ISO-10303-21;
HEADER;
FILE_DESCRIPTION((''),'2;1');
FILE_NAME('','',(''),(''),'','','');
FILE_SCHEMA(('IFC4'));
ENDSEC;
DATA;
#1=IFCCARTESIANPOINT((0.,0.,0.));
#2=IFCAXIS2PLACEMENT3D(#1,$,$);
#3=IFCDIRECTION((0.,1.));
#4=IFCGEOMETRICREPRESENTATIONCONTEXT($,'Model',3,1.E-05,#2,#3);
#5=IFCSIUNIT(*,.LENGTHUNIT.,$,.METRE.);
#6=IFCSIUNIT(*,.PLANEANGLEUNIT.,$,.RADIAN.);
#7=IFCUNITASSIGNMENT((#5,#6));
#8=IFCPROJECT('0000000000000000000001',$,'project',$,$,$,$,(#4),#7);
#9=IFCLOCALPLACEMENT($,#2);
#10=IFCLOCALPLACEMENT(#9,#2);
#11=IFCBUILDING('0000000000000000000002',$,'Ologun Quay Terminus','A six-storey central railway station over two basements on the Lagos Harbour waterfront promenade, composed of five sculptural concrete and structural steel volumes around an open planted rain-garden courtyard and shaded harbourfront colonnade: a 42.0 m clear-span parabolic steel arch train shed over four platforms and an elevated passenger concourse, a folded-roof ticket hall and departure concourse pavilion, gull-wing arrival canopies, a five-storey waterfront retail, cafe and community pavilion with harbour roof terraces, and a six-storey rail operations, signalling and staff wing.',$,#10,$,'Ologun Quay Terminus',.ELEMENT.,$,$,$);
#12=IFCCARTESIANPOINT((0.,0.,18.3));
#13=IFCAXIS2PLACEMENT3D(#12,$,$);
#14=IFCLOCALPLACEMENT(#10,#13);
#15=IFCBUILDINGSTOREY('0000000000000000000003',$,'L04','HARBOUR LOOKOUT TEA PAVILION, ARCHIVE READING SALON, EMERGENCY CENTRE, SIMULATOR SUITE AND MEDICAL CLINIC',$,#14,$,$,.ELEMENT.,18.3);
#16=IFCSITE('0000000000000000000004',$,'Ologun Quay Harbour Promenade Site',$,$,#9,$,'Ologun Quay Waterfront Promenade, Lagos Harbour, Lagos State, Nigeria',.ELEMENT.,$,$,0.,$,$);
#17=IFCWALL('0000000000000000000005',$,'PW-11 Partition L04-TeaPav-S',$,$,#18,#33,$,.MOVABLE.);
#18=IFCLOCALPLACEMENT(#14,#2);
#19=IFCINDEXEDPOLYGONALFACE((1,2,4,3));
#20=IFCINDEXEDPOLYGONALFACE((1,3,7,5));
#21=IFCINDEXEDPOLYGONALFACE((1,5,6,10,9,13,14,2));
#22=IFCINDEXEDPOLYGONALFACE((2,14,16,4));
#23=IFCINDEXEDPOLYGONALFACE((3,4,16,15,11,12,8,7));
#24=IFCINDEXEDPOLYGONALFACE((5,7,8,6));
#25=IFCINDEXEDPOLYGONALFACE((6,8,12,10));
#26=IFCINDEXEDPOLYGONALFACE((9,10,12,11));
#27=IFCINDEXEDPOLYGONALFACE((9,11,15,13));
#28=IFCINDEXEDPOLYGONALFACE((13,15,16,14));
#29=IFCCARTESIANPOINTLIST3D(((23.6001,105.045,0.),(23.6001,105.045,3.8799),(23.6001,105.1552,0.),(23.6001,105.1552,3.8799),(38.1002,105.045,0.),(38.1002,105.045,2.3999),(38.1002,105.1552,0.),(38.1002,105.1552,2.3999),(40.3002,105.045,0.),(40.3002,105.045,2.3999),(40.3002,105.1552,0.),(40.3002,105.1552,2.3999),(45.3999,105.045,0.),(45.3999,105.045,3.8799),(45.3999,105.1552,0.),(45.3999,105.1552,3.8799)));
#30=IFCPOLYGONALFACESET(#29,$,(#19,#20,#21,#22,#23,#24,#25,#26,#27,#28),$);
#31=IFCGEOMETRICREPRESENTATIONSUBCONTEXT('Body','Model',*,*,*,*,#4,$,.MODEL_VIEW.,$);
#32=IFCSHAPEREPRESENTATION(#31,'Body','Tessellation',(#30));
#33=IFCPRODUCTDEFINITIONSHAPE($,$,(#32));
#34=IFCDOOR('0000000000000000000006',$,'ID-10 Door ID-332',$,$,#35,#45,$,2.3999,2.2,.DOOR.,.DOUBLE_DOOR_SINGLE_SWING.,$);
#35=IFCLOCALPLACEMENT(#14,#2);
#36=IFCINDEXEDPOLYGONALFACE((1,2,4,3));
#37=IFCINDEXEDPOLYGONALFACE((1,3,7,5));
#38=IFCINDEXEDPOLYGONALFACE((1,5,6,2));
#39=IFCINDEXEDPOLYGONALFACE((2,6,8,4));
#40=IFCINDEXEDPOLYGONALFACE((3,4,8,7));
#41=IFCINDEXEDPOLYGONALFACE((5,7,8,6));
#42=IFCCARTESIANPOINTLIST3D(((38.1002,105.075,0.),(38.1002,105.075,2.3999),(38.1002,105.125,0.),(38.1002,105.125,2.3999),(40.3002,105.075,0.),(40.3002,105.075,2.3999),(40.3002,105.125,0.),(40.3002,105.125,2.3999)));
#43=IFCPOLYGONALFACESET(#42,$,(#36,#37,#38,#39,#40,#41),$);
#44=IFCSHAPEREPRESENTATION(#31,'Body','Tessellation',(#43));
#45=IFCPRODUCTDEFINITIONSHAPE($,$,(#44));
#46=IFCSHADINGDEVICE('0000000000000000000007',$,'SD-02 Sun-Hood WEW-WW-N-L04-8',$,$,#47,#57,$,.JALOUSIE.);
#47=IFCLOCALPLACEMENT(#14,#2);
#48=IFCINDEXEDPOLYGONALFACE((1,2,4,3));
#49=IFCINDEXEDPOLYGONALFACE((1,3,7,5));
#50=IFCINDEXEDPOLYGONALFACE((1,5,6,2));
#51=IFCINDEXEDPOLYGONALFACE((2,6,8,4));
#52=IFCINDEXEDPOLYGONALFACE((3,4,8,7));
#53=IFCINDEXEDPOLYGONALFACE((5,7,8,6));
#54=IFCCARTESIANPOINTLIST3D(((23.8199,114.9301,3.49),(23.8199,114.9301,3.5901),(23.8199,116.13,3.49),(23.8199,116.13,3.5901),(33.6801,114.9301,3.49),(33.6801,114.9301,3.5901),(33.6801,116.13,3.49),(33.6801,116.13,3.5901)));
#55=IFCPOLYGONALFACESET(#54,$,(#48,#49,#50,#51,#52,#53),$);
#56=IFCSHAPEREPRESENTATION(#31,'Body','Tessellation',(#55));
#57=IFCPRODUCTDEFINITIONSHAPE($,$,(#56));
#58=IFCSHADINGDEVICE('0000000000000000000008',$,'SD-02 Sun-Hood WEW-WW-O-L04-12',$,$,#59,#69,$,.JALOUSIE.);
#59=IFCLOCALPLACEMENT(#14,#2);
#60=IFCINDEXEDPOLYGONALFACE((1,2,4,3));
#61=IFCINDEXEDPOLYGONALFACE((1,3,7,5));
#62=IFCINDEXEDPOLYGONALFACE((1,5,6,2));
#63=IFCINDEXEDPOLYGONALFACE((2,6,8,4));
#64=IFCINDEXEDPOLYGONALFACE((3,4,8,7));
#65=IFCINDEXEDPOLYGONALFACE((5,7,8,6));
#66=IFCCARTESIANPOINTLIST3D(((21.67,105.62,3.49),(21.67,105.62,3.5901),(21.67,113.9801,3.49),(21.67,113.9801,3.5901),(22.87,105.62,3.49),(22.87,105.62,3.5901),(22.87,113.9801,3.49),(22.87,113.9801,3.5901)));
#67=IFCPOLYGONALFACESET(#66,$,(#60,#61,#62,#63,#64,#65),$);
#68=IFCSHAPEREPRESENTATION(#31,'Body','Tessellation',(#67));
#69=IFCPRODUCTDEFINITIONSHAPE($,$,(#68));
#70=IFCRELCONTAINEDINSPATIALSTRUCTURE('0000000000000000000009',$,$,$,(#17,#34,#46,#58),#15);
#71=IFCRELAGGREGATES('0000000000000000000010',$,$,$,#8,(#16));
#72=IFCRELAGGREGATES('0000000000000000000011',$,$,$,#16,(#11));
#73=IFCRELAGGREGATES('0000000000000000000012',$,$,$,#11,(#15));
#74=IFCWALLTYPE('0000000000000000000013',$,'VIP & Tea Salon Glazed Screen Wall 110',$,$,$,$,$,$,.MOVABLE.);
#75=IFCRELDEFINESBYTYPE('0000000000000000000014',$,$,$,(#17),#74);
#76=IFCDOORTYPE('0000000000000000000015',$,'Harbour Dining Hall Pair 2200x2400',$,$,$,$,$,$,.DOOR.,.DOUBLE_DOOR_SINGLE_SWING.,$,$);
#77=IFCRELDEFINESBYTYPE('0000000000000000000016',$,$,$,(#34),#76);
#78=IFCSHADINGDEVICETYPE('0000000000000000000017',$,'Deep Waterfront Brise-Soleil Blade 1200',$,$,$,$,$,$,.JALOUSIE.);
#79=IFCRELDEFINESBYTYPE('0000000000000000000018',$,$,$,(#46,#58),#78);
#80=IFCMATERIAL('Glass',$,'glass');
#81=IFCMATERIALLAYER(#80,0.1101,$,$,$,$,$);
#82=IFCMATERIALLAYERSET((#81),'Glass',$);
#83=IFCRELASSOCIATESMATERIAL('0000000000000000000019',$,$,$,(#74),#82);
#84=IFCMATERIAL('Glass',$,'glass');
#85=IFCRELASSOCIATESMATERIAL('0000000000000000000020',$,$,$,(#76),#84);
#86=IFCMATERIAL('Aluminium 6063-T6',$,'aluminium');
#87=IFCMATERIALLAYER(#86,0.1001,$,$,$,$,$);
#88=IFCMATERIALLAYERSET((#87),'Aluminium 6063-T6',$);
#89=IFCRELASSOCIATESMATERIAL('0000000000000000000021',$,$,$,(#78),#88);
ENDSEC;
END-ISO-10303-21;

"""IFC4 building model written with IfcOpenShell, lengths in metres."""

from ifc_helpers import new_model, si_unit, direction, frame, frame_2d, origin, origin_2d, place, context, subcontext, project, spatial, rectangle, extrude, material, layer, layer_set, type_object, element, fill, save


model = new_model("IFC4")

# Units and contexts
model_context = context("Model", 3, precision=1e-05, world=origin(), true_north=direction((0.0, 1.0)))
body_context = subcontext(model_context, "Body", "Model", "MODEL_VIEW")
ifc_project = project(units=[si_unit("LENGTHUNIT", "METRE"), si_unit("PLANEANGLEUNIT", "RADIAN")], contexts=[model_context])

# Site, building, storey
site_placement = place(None, origin())
site = spatial("IfcSite", under=ifc_project, at=site_placement, Name="Ologun Quay Harbour Promenade Site", LongName="Ologun Quay Waterfront Promenade, Lagos Harbour, Lagos State, Nigeria", CompositionType="ELEMENT", RefElevation=0.0)
building_placement = place(site_placement, origin())
building = spatial("IfcBuilding", under=site, at=building_placement, Name="Ologun Quay Terminus", Description="A six-storey central railway station over two basements on the Lagos Harbour waterfront promenade, composed of five sculptural concrete and structural steel volumes around an open planted rain-garden courtyard and shaded harbourfront colonnade: a 42.0 m clear-span parabolic steel arch train shed over four platforms and an elevated passenger concourse, a folded-roof ticket hall and departure concourse pavilion, gull-wing arrival canopies, a five-storey waterfront retail, cafe and community pavilion with harbour roof terraces, and a six-storey rail operations, signalling and staff wing.", LongName="Ologun Quay Terminus", CompositionType="ELEMENT")
storey_placement = place(building_placement, frame((0.0, 0.0, 18.3)))
storey = spatial("IfcBuildingStorey", under=building, at=storey_placement, Name="L04", Description="HARBOUR LOOKOUT TEA PAVILION, ARCHIVE READING SALON, EMERGENCY CENTRE, SIMULATOR SUITE AND MEDICAL CLINIC", CompositionType="ELEMENT", Elevation=18.3)

# Wall, opening, door
ifc_material_1 = material(Name="Glass", Category="glass")
ifc_layer_1 = layer(ifc_material_1, 0.1101)
ifc_layer_set_1 = layer_set([ifc_layer_1], Name="Glass")
wall_type_1 = type_object("IfcWallType", Name="VIP & Tea Salon Glazed Screen Wall 110", PredefinedType="MOVABLE", material=ifc_layer_set_1)
wall_1_placement = place(storey_placement, frame((23.6001, 105.1001, 0.0), z_axis=(0.0, 0.0, 1.0), x_axis=(1.0, 0.0, 0.0)))
wall_1 = element("IfcWall", 1, at=wall_1_placement, inside=storey, type_object=wall_type_1, Name="PW-11 Partition L04-TeaPav-S", PredefinedType="MOVABLE", context=body_context, shape_type="SweptSolid", body=[
    extrude(rectangle(XDim=21.7998, YDim=0.1101, at=frame_2d((10.8999, 0.0))), origin(), (0.0, 0.0, 1.0), 3.8799),
])
opening_1_placement = place(wall_1_placement, frame((14.5, 0.0, 0.0)))
opening_1 = element("IfcOpeningElement", 2, at=opening_1_placement, cuts=wall_1, PredefinedType="OPENING", context=body_context, shape_type="SweptSolid", body=[
    extrude(rectangle(XDim=2.2, YDim=2.3999, at=frame_2d((1.1001, 1.2))), frame((0.0, 0.0649, 0.0), z_axis=(0.0, -1.0, 0.0), x_axis=(1.0, 0.0, 0.0)), (0.0, 0.0, 1.0), 0.1301),
])
ifc_material_2 = material(Name="Glass", Category="glass")
door_type_1 = type_object("IfcDoorType", Name="Harbour Dining Hall Pair 2200x2400", OperationType="DOUBLE_DOOR_SINGLE_SWING", PredefinedType="DOOR", material=ifc_material_2)
door_1_placement = place(opening_1_placement, origin())
door_1 = element("IfcDoor", 3, at=door_1_placement, inside=storey, type_object=door_type_1, Name="ID-10 Door ID-332", OperationType="DOUBLE_DOOR_SINGLE_SWING", OverallHeight=2.3999, OverallWidth=2.2, PredefinedType="DOOR", context=body_context, shape_type="SweptSolid", body=[
    extrude(rectangle(XDim=2.2, YDim=2.3999, at=frame_2d((1.1001, 1.2))), frame((0.0, 0.0249, 0.0), z_axis=(0.0, -1.0, 0.0), x_axis=(1.0, 0.0, 0.0)), (0.0, 0.0, 1.0), 0.05),
])
fill(opening_1, door_1)

# Shading devices
ifc_material_3 = material(Name="Aluminium 6063-T6", Category="aluminium")
ifc_layer_2 = layer(ifc_material_3, 0.1001)
ifc_layer_set_2 = layer_set([ifc_layer_2], Name="Aluminium 6063-T6")
shading_device_type = type_object("IfcShadingDeviceType", Name="Deep Waterfront Brise-Soleil Blade 1200", PredefinedType="JALOUSIE", material=ifc_layer_set_2)
shading_device_1_placement = place(storey_placement, frame((28.75, 115.53, 3.49), z_axis=(0.0, 0.0, 1.0), x_axis=(1.0, 0.0, 0.0)))
element("IfcShadingDevice", 4, at=shading_device_1_placement, inside=storey, type_object=shading_device_type, Name="SD-02 Sun-Hood WEW-WW-N-L04-8", PredefinedType="JALOUSIE", context=body_context, shape_type="SweptSolid", body=[
    extrude(rectangle(XDim=9.8601, YDim=1.2, at=origin_2d()), origin(), (0.0, 0.0, 1.0), 0.1001),
])
shading_device_2_placement = place(storey_placement, frame((22.27, 109.8, 3.49), z_axis=(0.0, 0.0, 1.0), x_axis=(1.0, 0.0, 0.0)))
element("IfcShadingDevice", 5, at=shading_device_2_placement, inside=storey, type_object=shading_device_type, Name="SD-02 Sun-Hood WEW-WW-O-L04-12", PredefinedType="JALOUSIE", context=body_context, shape_type="SweptSolid", body=[
    extrude(rectangle(XDim=1.2, YDim=8.3601, at=origin_2d()), origin(), (0.0, 0.0, 1.0), 0.1001),
])

save(model, "model.ifc")
